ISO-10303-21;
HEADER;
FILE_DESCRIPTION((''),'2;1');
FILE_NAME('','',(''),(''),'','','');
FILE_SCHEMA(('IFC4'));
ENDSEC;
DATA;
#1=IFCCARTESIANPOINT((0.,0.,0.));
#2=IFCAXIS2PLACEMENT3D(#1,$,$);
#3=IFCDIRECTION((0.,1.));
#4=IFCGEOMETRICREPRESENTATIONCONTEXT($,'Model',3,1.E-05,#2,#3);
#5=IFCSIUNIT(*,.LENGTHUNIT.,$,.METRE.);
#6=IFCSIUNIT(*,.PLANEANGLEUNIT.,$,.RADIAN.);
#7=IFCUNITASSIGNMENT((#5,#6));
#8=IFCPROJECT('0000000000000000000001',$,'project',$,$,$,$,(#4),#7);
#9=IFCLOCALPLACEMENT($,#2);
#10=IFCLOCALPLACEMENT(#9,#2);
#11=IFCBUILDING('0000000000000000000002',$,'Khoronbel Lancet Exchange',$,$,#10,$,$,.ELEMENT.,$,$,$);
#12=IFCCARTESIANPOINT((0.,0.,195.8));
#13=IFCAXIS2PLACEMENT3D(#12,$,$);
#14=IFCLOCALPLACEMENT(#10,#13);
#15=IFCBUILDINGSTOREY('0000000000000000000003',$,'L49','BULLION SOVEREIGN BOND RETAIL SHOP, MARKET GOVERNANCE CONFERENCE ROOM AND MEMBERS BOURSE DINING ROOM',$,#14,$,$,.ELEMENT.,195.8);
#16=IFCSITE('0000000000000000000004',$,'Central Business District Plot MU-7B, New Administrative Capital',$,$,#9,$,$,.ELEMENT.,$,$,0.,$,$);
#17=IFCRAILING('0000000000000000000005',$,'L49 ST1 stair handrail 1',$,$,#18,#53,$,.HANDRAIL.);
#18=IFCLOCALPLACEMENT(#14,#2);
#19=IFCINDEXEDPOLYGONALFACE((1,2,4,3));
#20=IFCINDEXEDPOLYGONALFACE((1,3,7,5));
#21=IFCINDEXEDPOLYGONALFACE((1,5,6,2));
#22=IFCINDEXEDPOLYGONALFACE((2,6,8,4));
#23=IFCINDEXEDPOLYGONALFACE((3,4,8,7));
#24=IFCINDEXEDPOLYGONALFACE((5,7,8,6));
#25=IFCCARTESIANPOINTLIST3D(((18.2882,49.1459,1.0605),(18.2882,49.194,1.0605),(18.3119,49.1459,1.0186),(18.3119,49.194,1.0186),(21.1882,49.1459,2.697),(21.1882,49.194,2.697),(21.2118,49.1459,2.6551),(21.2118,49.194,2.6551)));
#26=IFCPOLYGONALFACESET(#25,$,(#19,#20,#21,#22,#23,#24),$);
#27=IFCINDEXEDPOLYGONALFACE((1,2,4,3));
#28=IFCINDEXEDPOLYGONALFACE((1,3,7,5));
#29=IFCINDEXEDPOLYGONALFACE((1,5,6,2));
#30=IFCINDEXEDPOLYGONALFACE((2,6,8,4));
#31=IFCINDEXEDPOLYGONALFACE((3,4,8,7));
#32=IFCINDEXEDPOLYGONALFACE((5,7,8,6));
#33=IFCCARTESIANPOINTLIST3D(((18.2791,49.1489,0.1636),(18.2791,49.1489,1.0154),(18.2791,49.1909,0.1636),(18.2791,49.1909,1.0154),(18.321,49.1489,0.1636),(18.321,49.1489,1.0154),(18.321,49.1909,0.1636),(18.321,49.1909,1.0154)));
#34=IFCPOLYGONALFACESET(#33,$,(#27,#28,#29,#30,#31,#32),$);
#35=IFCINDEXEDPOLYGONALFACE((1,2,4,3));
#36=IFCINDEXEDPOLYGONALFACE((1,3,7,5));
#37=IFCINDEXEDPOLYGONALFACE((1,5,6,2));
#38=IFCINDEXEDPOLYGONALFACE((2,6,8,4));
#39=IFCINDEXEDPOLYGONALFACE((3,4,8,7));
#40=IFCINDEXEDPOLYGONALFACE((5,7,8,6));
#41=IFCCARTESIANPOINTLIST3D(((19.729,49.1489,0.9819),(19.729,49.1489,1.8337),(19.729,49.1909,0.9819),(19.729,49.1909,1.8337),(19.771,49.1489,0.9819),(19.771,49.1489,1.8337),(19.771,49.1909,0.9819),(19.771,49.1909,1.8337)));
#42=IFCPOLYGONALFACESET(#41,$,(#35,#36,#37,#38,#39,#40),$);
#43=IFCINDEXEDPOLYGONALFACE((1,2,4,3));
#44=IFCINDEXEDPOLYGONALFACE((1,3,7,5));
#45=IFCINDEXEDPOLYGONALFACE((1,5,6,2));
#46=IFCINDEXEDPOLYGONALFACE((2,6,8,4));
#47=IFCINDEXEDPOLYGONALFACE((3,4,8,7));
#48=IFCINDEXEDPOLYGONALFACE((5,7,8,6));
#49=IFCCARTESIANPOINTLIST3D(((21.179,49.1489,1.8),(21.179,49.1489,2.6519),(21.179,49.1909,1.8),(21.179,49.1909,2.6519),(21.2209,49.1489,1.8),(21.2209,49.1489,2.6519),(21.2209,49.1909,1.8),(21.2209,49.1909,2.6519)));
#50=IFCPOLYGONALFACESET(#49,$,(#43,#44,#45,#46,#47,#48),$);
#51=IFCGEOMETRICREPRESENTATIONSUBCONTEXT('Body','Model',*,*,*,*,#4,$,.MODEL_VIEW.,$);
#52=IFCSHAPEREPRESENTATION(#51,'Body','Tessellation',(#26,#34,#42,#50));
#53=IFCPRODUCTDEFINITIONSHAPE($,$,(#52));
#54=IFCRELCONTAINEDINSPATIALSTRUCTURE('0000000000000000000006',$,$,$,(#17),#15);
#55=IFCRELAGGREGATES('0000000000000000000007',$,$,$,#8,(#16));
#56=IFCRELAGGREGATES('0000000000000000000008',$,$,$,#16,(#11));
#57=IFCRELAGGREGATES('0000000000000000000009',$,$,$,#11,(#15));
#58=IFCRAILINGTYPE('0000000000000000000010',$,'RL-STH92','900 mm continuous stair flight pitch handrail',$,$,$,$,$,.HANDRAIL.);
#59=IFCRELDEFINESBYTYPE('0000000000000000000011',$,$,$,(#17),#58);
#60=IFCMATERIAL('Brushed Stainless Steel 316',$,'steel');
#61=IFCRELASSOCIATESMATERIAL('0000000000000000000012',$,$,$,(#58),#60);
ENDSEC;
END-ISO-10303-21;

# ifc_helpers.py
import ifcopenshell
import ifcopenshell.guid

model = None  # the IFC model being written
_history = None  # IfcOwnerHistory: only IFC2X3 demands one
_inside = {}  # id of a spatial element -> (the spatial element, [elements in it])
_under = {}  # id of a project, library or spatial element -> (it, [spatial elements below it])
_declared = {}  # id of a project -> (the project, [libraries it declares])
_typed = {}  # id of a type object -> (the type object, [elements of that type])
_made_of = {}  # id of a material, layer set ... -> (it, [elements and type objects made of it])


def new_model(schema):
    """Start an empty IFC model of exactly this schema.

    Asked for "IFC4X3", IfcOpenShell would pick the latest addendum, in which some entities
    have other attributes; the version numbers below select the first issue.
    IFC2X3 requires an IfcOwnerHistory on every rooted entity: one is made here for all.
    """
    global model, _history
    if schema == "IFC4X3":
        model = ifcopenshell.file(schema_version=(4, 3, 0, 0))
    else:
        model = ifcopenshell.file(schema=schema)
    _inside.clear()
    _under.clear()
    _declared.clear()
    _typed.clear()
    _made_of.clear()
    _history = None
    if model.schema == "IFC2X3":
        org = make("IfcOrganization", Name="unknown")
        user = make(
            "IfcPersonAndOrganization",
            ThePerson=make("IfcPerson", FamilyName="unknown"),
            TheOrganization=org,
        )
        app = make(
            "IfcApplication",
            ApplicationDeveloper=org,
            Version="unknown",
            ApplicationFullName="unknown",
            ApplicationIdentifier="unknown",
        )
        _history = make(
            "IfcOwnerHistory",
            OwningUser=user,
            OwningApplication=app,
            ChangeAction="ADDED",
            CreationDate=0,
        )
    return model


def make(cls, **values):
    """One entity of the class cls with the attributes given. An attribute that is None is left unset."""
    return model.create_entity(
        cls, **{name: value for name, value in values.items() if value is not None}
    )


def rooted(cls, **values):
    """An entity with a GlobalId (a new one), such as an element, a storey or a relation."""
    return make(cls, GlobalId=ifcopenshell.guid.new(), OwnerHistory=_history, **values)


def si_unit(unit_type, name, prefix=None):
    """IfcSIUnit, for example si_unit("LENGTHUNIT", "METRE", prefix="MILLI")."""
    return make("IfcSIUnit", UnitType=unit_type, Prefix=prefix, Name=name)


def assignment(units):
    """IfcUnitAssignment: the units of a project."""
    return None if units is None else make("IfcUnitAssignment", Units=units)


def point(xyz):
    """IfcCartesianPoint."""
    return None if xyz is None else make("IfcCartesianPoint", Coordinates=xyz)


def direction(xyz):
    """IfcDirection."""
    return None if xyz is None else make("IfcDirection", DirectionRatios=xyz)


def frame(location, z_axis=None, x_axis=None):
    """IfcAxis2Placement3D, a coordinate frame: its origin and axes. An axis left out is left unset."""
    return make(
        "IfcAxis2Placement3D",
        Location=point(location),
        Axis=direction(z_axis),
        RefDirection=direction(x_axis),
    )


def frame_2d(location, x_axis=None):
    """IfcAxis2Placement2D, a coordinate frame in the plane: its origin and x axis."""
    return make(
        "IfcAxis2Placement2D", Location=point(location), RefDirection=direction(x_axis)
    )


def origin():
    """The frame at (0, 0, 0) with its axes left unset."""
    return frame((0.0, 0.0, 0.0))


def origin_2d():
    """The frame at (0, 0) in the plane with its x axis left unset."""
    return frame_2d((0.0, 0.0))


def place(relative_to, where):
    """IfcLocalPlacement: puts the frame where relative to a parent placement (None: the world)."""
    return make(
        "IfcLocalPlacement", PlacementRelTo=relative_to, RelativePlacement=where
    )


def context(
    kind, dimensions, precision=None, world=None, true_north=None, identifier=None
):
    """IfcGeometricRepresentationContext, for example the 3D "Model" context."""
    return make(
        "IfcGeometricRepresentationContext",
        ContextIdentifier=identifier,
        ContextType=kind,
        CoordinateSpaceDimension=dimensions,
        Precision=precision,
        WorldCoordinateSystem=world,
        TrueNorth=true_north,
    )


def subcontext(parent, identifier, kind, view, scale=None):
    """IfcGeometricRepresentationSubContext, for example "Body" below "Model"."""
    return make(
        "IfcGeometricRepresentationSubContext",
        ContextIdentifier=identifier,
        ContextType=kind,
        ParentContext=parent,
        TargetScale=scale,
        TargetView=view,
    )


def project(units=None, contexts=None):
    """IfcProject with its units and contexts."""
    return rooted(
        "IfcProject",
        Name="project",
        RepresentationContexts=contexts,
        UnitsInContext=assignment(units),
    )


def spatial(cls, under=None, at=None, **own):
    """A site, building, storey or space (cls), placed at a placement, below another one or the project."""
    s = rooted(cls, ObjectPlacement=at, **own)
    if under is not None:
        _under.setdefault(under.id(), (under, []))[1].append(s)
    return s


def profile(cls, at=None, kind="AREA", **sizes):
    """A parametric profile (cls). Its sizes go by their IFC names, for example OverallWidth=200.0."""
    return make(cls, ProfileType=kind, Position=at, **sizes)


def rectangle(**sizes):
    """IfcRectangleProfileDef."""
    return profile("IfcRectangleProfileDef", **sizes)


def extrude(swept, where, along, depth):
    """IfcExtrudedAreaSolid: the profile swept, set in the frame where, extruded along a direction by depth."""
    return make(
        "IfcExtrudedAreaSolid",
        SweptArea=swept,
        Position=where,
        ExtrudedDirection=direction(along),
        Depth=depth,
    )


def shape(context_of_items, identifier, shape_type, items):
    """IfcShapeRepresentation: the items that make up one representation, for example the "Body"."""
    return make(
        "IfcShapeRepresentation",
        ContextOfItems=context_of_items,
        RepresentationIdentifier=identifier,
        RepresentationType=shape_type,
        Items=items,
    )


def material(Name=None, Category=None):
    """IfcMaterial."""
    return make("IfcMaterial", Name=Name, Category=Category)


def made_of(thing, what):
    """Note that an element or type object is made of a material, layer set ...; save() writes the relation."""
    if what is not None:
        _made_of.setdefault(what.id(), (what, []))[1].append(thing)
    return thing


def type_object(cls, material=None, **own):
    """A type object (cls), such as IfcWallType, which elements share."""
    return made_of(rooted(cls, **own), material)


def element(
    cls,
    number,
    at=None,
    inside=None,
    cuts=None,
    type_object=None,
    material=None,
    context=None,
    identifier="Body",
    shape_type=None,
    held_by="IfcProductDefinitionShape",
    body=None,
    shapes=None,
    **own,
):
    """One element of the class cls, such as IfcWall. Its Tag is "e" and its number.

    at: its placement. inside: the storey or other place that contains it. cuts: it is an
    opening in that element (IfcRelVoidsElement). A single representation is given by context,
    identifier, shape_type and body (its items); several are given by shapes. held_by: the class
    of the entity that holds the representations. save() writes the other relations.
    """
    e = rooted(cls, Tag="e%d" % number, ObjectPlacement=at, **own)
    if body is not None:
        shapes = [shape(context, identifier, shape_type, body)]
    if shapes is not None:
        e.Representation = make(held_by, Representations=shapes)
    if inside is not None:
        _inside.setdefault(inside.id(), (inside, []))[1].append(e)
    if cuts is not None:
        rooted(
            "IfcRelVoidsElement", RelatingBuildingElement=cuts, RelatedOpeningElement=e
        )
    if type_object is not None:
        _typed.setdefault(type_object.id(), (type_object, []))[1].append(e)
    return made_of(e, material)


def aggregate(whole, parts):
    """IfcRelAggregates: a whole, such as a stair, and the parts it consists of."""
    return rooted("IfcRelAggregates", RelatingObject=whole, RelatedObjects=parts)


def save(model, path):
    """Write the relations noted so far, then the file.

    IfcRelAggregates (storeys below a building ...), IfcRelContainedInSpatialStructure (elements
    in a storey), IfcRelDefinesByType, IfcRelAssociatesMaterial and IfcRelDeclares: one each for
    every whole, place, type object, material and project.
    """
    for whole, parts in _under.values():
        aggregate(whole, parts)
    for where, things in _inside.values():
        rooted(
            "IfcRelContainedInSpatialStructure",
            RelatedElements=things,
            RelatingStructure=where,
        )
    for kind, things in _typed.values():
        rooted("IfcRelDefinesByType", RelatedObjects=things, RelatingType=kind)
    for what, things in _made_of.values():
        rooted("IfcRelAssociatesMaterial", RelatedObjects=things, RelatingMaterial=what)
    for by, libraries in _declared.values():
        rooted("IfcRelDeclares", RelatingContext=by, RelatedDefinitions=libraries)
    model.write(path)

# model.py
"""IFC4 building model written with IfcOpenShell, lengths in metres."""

from ifc_helpers import new_model, si_unit, direction, frame, origin, origin_2d, place, context, subcontext, project, spatial, rectangle, extrude, material, type_object, element, save


model = new_model("IFC4")

# Units and contexts
model_context = context("Model", 3, precision=1e-05, world=origin(), true_north=direction((0.0, 1.0)))
body_context = subcontext(model_context, "Body", "Model", "MODEL_VIEW")
ifc_project = project(units=[si_unit("LENGTHUNIT", "METRE"), si_unit("PLANEANGLEUNIT", "RADIAN")], contexts=[model_context])

# Site, building, storey
site_placement = place(None, origin())
site = spatial("IfcSite", under=ifc_project, at=site_placement, Name="Central Business District Plot MU-7B, New Administrative Capital", CompositionType="ELEMENT", RefElevation=0.0)
building_placement = place(site_placement, origin())
building = spatial("IfcBuilding", under=site, at=building_placement, Name="Khoronbel Lancet Exchange", CompositionType="ELEMENT")
storey_placement = place(building_placement, frame((0.0, 0.0, 195.8)))
storey = spatial("IfcBuildingStorey", under=building, at=storey_placement, Name="L49", Description="BULLION SOVEREIGN BOND RETAIL SHOP, MARKET GOVERNANCE CONFERENCE ROOM AND MEMBERS BOURSE DINING ROOM", CompositionType="ELEMENT", Elevation=195.8)

# Railing
ifc_material_1 = material(Name="Brushed Stainless Steel 316", Category="steel")
railing_type_1 = type_object("IfcRailingType", Name="RL-STH92", Description="900 mm continuous stair flight pitch handrail", PredefinedType="HANDRAIL", material=ifc_material_1)
railing_1_placement = place(storey_placement, frame((18.3, 49.1699, 0.1636)))
element("IfcRailing", 1, at=railing_1_placement, inside=storey, type_object=railing_type_1, Name="L49 ST1 stair handrail 1", PredefinedType="HANDRAIL", context=body_context, shape_type="SweptSolid", body=[
    extrude(rectangle(XDim=0.0481, YDim=0.0481, at=origin_2d()), frame((0.0, 0.0, 0.876), z_axis=(0.870897, 0.0, 0.491465), x_axis=(0.0, 1.0, 0.0)), (0.0, 0.0, 1.0), 3.3298),
    extrude(rectangle(XDim=0.042, YDim=0.042, at=origin_2d()), origin(), (0.0, 0.0, 1.0), 0.8518),
    extrude(rectangle(XDim=0.042, YDim=0.042, at=origin_2d()), frame((1.45, 0.0, 0.8184)), (0.0, 0.0, 1.0), 0.8518),
    extrude(rectangle(XDim=0.042, YDim=0.042, at=origin_2d()), frame((2.8999, 0.0, 1.6365)), (0.0, 0.0, 1.0), 0.8518),
])

save(model, "model.ifc")
